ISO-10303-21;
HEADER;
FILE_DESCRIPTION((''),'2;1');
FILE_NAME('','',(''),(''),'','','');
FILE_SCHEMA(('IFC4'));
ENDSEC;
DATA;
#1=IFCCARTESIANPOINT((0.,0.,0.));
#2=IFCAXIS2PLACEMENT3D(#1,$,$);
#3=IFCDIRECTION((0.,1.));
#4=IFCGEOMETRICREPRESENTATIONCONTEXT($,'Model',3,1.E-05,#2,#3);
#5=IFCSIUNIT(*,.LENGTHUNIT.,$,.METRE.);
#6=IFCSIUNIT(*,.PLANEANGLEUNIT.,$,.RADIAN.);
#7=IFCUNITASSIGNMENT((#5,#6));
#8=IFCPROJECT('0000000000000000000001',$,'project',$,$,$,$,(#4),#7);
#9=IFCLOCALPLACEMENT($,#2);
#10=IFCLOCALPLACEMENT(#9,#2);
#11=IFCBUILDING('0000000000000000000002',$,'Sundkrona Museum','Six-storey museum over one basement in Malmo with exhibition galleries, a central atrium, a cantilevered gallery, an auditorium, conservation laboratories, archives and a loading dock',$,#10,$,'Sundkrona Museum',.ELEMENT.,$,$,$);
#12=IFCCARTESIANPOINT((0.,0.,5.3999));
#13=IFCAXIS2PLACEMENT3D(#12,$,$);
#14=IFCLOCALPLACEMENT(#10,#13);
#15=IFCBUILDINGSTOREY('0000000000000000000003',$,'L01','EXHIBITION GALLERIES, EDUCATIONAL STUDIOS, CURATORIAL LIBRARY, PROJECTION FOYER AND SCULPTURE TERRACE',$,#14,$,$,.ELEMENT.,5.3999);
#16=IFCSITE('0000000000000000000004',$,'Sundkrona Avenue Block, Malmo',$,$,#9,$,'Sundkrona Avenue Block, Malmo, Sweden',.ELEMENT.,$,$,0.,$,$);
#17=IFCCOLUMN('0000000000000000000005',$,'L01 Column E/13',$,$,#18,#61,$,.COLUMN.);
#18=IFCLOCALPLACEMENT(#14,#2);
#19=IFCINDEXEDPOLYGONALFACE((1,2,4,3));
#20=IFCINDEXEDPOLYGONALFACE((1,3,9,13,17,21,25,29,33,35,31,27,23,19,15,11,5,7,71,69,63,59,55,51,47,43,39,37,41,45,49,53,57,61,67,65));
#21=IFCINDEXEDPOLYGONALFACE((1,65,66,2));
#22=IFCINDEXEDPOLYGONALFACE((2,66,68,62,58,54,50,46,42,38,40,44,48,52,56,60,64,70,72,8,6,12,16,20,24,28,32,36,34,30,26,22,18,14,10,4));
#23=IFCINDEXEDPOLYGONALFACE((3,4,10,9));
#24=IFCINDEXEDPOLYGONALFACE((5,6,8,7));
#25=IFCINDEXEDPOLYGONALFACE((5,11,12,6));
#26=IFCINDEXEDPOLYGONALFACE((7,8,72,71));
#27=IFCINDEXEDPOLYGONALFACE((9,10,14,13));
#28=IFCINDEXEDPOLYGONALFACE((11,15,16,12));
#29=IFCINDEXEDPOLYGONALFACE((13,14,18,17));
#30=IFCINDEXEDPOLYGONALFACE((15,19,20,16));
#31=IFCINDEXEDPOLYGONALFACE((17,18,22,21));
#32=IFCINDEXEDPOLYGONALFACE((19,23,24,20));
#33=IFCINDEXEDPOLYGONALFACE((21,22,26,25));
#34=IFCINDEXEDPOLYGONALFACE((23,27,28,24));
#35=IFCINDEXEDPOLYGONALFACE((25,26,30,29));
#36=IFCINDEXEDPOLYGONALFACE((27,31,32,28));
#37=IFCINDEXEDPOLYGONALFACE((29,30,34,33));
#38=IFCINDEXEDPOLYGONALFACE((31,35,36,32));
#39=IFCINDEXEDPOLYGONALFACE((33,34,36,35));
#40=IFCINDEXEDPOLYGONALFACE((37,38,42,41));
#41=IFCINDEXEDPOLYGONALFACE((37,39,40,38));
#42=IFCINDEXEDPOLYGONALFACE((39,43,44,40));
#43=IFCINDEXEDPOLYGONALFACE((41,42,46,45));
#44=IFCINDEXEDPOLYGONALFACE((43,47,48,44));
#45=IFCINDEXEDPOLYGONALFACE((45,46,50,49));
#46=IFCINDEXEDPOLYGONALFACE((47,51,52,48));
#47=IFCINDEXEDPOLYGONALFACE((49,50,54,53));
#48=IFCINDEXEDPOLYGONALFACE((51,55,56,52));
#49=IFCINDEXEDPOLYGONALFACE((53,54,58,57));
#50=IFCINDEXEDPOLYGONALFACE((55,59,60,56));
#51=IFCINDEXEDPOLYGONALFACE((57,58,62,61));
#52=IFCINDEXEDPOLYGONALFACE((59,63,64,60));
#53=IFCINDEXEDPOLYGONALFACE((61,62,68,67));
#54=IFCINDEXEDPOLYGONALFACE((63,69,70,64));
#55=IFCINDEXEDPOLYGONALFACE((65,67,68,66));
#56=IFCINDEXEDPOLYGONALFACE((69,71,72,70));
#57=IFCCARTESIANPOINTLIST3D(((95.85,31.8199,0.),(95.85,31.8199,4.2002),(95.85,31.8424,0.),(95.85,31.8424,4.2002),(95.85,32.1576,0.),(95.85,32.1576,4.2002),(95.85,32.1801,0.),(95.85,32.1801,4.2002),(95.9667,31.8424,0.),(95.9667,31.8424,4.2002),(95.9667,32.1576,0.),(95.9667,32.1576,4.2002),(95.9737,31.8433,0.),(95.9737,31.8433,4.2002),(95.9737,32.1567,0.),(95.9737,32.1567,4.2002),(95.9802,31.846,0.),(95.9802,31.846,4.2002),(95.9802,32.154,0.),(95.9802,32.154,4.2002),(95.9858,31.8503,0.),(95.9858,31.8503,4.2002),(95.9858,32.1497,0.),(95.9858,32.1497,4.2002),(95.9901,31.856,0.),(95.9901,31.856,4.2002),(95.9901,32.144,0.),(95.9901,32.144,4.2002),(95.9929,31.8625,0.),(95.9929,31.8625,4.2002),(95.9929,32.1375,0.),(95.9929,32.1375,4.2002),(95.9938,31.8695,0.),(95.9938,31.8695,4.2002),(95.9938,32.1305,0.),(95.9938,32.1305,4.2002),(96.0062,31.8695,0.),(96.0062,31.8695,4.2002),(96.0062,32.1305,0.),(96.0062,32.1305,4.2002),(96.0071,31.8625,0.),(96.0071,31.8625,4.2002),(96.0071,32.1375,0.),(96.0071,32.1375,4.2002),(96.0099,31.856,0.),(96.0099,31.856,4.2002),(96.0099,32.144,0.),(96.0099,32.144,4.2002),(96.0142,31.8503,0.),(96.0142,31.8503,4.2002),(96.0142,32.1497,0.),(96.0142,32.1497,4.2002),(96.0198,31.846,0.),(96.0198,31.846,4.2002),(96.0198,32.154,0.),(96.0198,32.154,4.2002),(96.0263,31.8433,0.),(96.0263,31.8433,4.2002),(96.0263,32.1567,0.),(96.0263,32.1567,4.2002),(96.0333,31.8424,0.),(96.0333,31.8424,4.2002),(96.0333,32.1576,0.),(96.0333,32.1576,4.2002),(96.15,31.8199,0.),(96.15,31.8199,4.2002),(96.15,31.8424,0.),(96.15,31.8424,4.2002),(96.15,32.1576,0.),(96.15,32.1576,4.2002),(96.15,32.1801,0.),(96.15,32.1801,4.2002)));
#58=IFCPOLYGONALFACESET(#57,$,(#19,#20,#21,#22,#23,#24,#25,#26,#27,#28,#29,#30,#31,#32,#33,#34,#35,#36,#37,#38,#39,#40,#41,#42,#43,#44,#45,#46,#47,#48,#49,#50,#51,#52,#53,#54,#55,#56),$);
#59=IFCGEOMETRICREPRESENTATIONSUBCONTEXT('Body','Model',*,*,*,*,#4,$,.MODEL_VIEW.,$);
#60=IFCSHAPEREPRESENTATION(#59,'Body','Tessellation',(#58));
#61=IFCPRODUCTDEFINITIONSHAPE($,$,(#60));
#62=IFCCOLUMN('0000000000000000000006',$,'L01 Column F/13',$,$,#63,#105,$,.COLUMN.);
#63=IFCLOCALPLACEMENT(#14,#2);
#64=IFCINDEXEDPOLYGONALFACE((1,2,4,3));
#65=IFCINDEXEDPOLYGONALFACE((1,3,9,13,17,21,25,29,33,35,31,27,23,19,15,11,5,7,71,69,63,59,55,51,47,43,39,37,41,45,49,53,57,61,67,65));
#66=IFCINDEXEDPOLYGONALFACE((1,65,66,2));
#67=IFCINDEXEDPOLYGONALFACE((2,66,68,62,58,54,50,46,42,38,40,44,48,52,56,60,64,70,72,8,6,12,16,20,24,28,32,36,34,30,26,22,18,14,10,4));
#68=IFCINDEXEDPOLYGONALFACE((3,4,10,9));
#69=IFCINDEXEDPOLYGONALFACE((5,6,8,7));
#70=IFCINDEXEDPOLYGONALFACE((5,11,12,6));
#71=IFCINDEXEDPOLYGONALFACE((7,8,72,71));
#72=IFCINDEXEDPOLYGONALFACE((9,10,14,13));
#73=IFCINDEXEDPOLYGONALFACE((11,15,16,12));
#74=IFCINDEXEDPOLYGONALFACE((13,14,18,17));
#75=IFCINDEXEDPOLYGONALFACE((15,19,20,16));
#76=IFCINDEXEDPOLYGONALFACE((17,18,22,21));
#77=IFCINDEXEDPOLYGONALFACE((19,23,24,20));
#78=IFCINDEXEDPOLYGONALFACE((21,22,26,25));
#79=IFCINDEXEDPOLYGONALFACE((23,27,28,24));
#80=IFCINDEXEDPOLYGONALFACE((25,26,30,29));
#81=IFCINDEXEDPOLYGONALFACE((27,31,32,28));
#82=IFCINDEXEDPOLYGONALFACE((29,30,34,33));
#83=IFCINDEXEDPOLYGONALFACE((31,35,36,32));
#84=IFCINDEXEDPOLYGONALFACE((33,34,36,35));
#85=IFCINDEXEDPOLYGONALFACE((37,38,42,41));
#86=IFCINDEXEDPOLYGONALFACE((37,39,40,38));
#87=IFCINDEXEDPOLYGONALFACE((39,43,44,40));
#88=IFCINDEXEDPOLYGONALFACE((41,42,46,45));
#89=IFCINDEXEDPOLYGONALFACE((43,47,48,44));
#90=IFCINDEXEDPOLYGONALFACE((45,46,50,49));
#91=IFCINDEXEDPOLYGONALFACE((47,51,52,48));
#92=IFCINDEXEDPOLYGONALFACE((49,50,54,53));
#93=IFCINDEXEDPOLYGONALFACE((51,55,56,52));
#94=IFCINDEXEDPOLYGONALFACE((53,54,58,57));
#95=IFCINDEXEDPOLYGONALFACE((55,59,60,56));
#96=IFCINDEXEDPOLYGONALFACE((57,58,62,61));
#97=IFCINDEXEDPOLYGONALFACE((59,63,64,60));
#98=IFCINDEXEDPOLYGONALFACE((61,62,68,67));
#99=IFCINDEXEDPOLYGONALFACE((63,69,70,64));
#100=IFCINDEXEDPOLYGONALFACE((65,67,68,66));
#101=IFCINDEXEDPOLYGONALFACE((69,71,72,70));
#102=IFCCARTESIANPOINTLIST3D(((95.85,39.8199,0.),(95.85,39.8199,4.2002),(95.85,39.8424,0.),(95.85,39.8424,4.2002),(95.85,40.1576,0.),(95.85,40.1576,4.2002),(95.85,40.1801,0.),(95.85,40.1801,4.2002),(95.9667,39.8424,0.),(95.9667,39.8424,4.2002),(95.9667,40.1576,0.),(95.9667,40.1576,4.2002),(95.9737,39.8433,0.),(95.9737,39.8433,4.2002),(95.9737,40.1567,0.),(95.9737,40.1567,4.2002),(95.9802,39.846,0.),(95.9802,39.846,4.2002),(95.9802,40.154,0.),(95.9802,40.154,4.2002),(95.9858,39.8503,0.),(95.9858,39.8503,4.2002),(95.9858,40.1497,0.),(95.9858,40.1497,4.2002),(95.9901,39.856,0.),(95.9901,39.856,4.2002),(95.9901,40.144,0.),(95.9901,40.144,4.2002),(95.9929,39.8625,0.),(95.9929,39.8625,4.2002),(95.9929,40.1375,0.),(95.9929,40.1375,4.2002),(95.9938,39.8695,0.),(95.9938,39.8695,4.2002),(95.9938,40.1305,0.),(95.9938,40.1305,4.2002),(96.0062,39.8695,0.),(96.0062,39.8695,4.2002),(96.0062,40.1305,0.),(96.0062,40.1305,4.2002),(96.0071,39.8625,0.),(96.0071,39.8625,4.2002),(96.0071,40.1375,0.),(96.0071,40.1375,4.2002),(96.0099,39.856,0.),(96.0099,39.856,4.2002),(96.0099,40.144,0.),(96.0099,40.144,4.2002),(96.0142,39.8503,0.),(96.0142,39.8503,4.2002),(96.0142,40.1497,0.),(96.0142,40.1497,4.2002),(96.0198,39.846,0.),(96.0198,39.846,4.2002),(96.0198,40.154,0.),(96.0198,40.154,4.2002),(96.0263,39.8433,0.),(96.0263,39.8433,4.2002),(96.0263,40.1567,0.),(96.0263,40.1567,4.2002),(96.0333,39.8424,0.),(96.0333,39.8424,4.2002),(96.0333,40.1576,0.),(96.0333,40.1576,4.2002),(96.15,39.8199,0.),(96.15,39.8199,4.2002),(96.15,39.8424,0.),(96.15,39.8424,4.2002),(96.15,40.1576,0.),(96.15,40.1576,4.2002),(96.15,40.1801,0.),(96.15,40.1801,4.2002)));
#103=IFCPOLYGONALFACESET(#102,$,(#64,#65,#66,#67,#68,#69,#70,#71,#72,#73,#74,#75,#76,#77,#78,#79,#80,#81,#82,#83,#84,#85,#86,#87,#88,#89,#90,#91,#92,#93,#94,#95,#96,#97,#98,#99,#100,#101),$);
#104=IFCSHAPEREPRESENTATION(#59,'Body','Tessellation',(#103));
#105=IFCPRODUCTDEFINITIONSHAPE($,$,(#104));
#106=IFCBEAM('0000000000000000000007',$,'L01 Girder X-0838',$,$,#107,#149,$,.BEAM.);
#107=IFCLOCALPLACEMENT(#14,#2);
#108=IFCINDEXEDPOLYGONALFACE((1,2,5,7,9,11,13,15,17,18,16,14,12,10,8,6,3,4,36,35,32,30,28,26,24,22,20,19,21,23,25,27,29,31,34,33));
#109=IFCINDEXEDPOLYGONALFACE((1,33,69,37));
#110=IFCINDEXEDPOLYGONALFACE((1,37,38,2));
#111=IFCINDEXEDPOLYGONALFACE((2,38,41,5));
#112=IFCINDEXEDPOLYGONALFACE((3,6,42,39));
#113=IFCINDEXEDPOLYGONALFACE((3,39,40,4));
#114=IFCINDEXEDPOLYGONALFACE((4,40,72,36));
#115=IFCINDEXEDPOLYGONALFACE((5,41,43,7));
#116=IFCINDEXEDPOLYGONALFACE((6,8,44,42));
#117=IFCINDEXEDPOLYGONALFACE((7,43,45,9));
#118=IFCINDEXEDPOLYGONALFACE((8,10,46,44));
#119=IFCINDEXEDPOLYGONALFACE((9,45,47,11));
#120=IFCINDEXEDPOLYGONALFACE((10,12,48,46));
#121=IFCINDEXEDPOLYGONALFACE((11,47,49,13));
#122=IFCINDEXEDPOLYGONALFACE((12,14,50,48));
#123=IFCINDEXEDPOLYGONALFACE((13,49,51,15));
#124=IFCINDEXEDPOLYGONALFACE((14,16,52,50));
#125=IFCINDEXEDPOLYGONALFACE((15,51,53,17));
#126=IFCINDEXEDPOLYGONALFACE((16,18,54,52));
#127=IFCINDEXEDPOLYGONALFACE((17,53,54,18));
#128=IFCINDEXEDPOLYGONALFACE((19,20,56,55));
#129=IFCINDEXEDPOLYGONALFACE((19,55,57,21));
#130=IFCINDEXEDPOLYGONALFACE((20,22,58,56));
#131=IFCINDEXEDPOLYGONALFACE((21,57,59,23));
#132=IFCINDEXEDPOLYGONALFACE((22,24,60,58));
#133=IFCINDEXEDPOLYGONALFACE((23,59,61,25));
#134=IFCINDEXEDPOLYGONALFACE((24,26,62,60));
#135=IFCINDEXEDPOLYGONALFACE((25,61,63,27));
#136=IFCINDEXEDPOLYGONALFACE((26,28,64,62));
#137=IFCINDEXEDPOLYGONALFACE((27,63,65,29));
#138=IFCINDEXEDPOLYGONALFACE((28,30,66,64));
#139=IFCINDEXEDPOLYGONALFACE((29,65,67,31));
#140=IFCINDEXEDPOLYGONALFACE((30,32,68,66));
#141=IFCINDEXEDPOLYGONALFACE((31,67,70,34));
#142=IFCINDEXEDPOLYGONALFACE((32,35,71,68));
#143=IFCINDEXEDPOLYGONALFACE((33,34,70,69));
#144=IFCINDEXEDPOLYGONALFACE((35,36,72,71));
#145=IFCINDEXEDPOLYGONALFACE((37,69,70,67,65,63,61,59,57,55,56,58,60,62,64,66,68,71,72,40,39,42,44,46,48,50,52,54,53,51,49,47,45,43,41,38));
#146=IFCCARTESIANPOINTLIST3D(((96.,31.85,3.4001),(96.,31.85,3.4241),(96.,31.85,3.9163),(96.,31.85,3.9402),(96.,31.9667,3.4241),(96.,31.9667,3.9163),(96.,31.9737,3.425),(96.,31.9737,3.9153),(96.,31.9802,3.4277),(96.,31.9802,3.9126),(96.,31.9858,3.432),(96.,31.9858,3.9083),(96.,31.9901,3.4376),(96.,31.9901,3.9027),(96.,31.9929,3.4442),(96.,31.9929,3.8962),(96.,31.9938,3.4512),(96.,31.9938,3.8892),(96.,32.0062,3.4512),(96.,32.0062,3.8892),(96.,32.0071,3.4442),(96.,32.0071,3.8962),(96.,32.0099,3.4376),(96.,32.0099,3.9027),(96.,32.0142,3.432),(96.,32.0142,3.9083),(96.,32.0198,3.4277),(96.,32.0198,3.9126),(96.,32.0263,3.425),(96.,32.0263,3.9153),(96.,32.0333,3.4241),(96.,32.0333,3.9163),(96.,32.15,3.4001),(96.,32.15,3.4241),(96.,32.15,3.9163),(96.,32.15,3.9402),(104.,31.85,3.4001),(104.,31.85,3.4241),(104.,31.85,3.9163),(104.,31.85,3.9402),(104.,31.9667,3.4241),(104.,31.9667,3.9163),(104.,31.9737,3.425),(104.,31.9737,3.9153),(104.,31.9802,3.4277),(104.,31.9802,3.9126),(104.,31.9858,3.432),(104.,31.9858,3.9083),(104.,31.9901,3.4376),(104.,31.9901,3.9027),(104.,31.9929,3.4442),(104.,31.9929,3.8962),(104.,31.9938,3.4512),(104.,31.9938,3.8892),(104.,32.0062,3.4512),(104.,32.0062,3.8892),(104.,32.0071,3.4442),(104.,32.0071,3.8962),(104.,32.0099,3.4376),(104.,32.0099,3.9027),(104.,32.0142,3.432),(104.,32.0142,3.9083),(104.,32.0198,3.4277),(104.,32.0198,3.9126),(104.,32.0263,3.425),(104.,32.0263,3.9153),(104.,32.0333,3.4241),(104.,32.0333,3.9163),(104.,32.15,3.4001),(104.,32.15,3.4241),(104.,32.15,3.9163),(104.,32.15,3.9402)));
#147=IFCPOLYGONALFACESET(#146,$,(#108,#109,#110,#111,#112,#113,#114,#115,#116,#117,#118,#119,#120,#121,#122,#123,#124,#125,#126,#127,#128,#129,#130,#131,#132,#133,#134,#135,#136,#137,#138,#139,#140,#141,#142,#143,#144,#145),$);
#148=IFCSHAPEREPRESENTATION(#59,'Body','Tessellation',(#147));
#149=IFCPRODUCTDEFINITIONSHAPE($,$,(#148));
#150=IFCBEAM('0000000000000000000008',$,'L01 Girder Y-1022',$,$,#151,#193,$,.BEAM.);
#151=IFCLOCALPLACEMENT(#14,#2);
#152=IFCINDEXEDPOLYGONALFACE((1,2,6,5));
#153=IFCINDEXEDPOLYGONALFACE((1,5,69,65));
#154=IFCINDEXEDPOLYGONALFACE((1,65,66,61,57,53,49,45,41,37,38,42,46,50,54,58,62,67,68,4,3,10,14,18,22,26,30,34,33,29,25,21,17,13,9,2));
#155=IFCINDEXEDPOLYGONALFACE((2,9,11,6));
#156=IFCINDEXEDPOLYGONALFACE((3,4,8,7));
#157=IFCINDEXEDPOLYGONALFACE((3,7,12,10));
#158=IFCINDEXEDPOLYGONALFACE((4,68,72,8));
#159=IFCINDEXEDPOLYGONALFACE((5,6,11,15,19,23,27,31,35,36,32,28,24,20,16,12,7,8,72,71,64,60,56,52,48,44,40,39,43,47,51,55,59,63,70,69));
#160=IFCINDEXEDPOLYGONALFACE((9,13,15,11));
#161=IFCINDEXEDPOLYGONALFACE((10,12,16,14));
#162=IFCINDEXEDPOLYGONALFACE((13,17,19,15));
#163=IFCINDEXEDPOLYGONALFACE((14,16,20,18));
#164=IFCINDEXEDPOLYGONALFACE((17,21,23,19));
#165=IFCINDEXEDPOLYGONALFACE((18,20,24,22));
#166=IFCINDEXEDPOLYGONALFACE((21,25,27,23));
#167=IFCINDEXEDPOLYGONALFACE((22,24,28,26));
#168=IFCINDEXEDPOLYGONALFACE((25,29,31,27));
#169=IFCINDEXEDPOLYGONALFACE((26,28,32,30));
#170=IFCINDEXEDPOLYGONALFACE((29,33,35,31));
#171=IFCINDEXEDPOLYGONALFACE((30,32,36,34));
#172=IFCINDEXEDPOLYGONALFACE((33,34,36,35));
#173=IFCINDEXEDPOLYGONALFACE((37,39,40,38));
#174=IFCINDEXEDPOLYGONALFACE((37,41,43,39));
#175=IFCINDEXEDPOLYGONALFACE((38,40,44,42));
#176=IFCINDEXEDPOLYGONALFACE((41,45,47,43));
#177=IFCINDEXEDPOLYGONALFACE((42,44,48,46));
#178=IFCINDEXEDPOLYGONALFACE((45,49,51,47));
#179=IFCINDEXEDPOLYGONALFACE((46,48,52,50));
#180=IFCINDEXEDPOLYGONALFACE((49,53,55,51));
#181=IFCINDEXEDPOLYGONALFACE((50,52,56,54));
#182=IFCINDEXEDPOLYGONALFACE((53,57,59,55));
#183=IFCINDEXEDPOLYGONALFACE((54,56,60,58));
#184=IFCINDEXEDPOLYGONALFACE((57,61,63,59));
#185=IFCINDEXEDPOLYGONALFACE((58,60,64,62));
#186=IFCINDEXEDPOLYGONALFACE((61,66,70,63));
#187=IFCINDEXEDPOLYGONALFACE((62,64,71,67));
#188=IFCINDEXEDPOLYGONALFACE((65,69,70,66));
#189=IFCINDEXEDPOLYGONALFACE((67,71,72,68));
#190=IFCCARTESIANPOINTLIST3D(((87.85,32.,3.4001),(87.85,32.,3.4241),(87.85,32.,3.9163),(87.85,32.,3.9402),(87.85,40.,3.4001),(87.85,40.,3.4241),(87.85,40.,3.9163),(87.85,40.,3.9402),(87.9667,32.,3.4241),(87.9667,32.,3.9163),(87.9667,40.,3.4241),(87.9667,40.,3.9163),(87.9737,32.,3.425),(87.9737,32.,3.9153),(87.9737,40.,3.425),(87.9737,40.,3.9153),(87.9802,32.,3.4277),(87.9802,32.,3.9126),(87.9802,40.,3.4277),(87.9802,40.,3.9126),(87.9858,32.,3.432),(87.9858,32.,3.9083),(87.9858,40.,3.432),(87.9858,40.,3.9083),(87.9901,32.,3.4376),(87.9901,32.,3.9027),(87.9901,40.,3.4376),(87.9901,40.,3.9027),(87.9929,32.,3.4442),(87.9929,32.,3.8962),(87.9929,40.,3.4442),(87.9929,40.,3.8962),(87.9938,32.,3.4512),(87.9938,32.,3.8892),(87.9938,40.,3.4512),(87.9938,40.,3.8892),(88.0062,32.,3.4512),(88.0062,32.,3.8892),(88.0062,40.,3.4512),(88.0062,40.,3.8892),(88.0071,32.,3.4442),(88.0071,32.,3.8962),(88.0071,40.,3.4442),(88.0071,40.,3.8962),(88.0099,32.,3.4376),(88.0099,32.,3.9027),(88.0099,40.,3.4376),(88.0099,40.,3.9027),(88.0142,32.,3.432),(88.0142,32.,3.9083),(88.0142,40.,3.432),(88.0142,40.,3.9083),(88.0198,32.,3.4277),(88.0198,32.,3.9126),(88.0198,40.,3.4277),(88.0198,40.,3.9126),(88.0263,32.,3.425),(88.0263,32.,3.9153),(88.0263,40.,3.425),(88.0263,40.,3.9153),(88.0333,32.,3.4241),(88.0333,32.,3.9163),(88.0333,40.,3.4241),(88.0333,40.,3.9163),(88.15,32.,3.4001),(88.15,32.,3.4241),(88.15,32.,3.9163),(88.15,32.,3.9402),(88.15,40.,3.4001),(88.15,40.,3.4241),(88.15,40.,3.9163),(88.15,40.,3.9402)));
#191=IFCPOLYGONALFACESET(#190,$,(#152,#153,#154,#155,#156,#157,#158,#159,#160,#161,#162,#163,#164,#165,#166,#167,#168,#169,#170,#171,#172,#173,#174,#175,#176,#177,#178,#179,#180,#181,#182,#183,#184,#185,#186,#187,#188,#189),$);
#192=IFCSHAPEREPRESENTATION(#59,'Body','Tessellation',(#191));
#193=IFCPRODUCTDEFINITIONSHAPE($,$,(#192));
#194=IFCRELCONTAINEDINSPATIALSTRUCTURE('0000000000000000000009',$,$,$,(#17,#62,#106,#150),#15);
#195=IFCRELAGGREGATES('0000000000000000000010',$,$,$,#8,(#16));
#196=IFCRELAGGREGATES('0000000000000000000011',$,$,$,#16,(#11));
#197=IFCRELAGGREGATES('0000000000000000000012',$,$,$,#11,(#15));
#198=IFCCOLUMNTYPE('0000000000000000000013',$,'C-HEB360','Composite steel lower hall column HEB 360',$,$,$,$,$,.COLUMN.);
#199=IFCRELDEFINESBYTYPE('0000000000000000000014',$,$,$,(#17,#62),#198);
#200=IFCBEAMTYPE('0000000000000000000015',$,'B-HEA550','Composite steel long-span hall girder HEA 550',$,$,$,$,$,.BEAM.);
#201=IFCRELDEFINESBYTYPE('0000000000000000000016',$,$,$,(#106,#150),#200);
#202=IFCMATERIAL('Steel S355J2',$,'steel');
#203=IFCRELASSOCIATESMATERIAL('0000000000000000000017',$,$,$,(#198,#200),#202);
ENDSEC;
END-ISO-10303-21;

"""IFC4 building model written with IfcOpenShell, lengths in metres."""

from ifc_helpers import new_model, si_unit, direction, frame, origin, origin_2d, place, context, subcontext, project, spatial, i_section, extrude, material, material_profile, profile_set, type_object, element, save


model = new_model("IFC4")

# Units and contexts
model_context = context("Model", 3, precision=1e-05, world=origin(), true_north=direction((0.0, 1.0)))
body_context = subcontext(model_context, "Body", "Model", "MODEL_VIEW")
ifc_project = project(units=[si_unit("LENGTHUNIT", "METRE"), si_unit("PLANEANGLEUNIT", "RADIAN")], contexts=[model_context])

# Site, building, storey
site_placement = place(None, origin())
site = spatial("IfcSite", under=ifc_project, at=site_placement, Name="Sundkrona Avenue Block, Malmo", LongName="Sundkrona Avenue Block, Malmo, Sweden", CompositionType="ELEMENT", RefElevation=0.0)
building_placement = place(site_placement, origin())
building = spatial("IfcBuilding", under=site, at=building_placement, Name="Sundkrona Museum", Description="Six-storey museum over one basement in Malmo with exhibition galleries, a central atrium, a cantilevered gallery, an auditorium, conservation laboratories, archives and a loading dock", LongName="Sundkrona Museum", CompositionType="ELEMENT")
storey_placement = place(building_placement, frame((0.0, 0.0, 5.3999)))
storey = spatial("IfcBuildingStorey", under=building, at=storey_placement, Name="L01", Description="EXHIBITION GALLERIES, EDUCATIONAL STUDIOS, CURATORIAL LIBRARY, PROJECTION FOYER AND SCULPTURE TERRACE", CompositionType="ELEMENT", Elevation=5.3999)

# Columns
ifc_material_1 = material(Name="Steel S355J2", Category="steel")
ifc_material_profile_1 = material_profile(ifc_material_1, i_section(OverallWidth=0.3, OverallDepth=0.3601, WebThickness=0.0125, FlangeThickness=0.0225, FilletRadius=0.0271, at=origin_2d()), Name="HEB 360")
ifc_profile_set_1 = profile_set([ifc_material_profile_1], Name="Steel S355J2")
column_type_1 = type_object("IfcColumnType", Name="C-HEB360", Description="Composite steel lower hall column HEB 360", PredefinedType="COLUMN", material=ifc_profile_set_1)
for number, where, z_axis, x_axis, name in (
    (1, (96.0, 32.0, 0.0), (0.0, 0.0, 1.0), (1.0, 0.0, 0.0), "L01 Column E/13"),
    (2, (96.0, 40.0, 0.0), (0.0, 0.0, 1.0), (1.0, 0.0, 0.0), "L01 Column F/13"),
):
    element("IfcColumn", number, at=place(storey_placement, frame(where, z_axis=z_axis, x_axis=x_axis)), inside=storey, type_object=column_type_1, Name=name, PredefinedType="COLUMN", context=body_context, shape_type="SweptSolid", body=[
        extrude(i_section(OverallWidth=0.3, OverallDepth=0.3601, WebThickness=0.0125, FlangeThickness=0.0225, FilletRadius=0.0271, at=origin_2d()), origin(), (0.0, 0.0, 1.0), 4.2002),
    ])

# Beams
ifc_material_profile_2 = material_profile(ifc_material_1, i_section(OverallWidth=0.3, OverallDepth=0.54, WebThickness=0.0125, FlangeThickness=0.0239, FilletRadius=0.0271, at=origin_2d()), Name="HEA 550")
ifc_profile_set_2 = profile_set([ifc_material_profile_2], Name="Steel S355J2")
beam_type_1 = type_object("IfcBeamType", Name="B-HEA550", Description="Composite steel long-span hall girder HEA 550", PredefinedType="BEAM", material=ifc_profile_set_2)
for number, where, z_axis, x_axis, name in (
    (3, (96.0, 32.0, 3.6702), (1.0, 0.0, 0.0), (0.0, 1.0, 0.0), "L01 Girder X-0838"),
    (4, (88.0, 32.0, 3.6702), (0.0, 1.0, 0.0), (-1.0, 0.0, 0.0), "L01 Girder Y-1022"),
):
    element("IfcBeam", number, at=place(storey_placement, frame(where, z_axis=z_axis, x_axis=x_axis)), inside=storey, type_object=beam_type_1, Name=name, PredefinedType="BEAM", context=body_context, shape_type="SweptSolid", body=[
        extrude(i_section(OverallWidth=0.3, OverallDepth=0.54, WebThickness=0.0125, FlangeThickness=0.0239, FilletRadius=0.0271, at=origin_2d()), origin(), (0.0, 0.0, 1.0), 8.0),
    ])

save(model, "model.ifc")
